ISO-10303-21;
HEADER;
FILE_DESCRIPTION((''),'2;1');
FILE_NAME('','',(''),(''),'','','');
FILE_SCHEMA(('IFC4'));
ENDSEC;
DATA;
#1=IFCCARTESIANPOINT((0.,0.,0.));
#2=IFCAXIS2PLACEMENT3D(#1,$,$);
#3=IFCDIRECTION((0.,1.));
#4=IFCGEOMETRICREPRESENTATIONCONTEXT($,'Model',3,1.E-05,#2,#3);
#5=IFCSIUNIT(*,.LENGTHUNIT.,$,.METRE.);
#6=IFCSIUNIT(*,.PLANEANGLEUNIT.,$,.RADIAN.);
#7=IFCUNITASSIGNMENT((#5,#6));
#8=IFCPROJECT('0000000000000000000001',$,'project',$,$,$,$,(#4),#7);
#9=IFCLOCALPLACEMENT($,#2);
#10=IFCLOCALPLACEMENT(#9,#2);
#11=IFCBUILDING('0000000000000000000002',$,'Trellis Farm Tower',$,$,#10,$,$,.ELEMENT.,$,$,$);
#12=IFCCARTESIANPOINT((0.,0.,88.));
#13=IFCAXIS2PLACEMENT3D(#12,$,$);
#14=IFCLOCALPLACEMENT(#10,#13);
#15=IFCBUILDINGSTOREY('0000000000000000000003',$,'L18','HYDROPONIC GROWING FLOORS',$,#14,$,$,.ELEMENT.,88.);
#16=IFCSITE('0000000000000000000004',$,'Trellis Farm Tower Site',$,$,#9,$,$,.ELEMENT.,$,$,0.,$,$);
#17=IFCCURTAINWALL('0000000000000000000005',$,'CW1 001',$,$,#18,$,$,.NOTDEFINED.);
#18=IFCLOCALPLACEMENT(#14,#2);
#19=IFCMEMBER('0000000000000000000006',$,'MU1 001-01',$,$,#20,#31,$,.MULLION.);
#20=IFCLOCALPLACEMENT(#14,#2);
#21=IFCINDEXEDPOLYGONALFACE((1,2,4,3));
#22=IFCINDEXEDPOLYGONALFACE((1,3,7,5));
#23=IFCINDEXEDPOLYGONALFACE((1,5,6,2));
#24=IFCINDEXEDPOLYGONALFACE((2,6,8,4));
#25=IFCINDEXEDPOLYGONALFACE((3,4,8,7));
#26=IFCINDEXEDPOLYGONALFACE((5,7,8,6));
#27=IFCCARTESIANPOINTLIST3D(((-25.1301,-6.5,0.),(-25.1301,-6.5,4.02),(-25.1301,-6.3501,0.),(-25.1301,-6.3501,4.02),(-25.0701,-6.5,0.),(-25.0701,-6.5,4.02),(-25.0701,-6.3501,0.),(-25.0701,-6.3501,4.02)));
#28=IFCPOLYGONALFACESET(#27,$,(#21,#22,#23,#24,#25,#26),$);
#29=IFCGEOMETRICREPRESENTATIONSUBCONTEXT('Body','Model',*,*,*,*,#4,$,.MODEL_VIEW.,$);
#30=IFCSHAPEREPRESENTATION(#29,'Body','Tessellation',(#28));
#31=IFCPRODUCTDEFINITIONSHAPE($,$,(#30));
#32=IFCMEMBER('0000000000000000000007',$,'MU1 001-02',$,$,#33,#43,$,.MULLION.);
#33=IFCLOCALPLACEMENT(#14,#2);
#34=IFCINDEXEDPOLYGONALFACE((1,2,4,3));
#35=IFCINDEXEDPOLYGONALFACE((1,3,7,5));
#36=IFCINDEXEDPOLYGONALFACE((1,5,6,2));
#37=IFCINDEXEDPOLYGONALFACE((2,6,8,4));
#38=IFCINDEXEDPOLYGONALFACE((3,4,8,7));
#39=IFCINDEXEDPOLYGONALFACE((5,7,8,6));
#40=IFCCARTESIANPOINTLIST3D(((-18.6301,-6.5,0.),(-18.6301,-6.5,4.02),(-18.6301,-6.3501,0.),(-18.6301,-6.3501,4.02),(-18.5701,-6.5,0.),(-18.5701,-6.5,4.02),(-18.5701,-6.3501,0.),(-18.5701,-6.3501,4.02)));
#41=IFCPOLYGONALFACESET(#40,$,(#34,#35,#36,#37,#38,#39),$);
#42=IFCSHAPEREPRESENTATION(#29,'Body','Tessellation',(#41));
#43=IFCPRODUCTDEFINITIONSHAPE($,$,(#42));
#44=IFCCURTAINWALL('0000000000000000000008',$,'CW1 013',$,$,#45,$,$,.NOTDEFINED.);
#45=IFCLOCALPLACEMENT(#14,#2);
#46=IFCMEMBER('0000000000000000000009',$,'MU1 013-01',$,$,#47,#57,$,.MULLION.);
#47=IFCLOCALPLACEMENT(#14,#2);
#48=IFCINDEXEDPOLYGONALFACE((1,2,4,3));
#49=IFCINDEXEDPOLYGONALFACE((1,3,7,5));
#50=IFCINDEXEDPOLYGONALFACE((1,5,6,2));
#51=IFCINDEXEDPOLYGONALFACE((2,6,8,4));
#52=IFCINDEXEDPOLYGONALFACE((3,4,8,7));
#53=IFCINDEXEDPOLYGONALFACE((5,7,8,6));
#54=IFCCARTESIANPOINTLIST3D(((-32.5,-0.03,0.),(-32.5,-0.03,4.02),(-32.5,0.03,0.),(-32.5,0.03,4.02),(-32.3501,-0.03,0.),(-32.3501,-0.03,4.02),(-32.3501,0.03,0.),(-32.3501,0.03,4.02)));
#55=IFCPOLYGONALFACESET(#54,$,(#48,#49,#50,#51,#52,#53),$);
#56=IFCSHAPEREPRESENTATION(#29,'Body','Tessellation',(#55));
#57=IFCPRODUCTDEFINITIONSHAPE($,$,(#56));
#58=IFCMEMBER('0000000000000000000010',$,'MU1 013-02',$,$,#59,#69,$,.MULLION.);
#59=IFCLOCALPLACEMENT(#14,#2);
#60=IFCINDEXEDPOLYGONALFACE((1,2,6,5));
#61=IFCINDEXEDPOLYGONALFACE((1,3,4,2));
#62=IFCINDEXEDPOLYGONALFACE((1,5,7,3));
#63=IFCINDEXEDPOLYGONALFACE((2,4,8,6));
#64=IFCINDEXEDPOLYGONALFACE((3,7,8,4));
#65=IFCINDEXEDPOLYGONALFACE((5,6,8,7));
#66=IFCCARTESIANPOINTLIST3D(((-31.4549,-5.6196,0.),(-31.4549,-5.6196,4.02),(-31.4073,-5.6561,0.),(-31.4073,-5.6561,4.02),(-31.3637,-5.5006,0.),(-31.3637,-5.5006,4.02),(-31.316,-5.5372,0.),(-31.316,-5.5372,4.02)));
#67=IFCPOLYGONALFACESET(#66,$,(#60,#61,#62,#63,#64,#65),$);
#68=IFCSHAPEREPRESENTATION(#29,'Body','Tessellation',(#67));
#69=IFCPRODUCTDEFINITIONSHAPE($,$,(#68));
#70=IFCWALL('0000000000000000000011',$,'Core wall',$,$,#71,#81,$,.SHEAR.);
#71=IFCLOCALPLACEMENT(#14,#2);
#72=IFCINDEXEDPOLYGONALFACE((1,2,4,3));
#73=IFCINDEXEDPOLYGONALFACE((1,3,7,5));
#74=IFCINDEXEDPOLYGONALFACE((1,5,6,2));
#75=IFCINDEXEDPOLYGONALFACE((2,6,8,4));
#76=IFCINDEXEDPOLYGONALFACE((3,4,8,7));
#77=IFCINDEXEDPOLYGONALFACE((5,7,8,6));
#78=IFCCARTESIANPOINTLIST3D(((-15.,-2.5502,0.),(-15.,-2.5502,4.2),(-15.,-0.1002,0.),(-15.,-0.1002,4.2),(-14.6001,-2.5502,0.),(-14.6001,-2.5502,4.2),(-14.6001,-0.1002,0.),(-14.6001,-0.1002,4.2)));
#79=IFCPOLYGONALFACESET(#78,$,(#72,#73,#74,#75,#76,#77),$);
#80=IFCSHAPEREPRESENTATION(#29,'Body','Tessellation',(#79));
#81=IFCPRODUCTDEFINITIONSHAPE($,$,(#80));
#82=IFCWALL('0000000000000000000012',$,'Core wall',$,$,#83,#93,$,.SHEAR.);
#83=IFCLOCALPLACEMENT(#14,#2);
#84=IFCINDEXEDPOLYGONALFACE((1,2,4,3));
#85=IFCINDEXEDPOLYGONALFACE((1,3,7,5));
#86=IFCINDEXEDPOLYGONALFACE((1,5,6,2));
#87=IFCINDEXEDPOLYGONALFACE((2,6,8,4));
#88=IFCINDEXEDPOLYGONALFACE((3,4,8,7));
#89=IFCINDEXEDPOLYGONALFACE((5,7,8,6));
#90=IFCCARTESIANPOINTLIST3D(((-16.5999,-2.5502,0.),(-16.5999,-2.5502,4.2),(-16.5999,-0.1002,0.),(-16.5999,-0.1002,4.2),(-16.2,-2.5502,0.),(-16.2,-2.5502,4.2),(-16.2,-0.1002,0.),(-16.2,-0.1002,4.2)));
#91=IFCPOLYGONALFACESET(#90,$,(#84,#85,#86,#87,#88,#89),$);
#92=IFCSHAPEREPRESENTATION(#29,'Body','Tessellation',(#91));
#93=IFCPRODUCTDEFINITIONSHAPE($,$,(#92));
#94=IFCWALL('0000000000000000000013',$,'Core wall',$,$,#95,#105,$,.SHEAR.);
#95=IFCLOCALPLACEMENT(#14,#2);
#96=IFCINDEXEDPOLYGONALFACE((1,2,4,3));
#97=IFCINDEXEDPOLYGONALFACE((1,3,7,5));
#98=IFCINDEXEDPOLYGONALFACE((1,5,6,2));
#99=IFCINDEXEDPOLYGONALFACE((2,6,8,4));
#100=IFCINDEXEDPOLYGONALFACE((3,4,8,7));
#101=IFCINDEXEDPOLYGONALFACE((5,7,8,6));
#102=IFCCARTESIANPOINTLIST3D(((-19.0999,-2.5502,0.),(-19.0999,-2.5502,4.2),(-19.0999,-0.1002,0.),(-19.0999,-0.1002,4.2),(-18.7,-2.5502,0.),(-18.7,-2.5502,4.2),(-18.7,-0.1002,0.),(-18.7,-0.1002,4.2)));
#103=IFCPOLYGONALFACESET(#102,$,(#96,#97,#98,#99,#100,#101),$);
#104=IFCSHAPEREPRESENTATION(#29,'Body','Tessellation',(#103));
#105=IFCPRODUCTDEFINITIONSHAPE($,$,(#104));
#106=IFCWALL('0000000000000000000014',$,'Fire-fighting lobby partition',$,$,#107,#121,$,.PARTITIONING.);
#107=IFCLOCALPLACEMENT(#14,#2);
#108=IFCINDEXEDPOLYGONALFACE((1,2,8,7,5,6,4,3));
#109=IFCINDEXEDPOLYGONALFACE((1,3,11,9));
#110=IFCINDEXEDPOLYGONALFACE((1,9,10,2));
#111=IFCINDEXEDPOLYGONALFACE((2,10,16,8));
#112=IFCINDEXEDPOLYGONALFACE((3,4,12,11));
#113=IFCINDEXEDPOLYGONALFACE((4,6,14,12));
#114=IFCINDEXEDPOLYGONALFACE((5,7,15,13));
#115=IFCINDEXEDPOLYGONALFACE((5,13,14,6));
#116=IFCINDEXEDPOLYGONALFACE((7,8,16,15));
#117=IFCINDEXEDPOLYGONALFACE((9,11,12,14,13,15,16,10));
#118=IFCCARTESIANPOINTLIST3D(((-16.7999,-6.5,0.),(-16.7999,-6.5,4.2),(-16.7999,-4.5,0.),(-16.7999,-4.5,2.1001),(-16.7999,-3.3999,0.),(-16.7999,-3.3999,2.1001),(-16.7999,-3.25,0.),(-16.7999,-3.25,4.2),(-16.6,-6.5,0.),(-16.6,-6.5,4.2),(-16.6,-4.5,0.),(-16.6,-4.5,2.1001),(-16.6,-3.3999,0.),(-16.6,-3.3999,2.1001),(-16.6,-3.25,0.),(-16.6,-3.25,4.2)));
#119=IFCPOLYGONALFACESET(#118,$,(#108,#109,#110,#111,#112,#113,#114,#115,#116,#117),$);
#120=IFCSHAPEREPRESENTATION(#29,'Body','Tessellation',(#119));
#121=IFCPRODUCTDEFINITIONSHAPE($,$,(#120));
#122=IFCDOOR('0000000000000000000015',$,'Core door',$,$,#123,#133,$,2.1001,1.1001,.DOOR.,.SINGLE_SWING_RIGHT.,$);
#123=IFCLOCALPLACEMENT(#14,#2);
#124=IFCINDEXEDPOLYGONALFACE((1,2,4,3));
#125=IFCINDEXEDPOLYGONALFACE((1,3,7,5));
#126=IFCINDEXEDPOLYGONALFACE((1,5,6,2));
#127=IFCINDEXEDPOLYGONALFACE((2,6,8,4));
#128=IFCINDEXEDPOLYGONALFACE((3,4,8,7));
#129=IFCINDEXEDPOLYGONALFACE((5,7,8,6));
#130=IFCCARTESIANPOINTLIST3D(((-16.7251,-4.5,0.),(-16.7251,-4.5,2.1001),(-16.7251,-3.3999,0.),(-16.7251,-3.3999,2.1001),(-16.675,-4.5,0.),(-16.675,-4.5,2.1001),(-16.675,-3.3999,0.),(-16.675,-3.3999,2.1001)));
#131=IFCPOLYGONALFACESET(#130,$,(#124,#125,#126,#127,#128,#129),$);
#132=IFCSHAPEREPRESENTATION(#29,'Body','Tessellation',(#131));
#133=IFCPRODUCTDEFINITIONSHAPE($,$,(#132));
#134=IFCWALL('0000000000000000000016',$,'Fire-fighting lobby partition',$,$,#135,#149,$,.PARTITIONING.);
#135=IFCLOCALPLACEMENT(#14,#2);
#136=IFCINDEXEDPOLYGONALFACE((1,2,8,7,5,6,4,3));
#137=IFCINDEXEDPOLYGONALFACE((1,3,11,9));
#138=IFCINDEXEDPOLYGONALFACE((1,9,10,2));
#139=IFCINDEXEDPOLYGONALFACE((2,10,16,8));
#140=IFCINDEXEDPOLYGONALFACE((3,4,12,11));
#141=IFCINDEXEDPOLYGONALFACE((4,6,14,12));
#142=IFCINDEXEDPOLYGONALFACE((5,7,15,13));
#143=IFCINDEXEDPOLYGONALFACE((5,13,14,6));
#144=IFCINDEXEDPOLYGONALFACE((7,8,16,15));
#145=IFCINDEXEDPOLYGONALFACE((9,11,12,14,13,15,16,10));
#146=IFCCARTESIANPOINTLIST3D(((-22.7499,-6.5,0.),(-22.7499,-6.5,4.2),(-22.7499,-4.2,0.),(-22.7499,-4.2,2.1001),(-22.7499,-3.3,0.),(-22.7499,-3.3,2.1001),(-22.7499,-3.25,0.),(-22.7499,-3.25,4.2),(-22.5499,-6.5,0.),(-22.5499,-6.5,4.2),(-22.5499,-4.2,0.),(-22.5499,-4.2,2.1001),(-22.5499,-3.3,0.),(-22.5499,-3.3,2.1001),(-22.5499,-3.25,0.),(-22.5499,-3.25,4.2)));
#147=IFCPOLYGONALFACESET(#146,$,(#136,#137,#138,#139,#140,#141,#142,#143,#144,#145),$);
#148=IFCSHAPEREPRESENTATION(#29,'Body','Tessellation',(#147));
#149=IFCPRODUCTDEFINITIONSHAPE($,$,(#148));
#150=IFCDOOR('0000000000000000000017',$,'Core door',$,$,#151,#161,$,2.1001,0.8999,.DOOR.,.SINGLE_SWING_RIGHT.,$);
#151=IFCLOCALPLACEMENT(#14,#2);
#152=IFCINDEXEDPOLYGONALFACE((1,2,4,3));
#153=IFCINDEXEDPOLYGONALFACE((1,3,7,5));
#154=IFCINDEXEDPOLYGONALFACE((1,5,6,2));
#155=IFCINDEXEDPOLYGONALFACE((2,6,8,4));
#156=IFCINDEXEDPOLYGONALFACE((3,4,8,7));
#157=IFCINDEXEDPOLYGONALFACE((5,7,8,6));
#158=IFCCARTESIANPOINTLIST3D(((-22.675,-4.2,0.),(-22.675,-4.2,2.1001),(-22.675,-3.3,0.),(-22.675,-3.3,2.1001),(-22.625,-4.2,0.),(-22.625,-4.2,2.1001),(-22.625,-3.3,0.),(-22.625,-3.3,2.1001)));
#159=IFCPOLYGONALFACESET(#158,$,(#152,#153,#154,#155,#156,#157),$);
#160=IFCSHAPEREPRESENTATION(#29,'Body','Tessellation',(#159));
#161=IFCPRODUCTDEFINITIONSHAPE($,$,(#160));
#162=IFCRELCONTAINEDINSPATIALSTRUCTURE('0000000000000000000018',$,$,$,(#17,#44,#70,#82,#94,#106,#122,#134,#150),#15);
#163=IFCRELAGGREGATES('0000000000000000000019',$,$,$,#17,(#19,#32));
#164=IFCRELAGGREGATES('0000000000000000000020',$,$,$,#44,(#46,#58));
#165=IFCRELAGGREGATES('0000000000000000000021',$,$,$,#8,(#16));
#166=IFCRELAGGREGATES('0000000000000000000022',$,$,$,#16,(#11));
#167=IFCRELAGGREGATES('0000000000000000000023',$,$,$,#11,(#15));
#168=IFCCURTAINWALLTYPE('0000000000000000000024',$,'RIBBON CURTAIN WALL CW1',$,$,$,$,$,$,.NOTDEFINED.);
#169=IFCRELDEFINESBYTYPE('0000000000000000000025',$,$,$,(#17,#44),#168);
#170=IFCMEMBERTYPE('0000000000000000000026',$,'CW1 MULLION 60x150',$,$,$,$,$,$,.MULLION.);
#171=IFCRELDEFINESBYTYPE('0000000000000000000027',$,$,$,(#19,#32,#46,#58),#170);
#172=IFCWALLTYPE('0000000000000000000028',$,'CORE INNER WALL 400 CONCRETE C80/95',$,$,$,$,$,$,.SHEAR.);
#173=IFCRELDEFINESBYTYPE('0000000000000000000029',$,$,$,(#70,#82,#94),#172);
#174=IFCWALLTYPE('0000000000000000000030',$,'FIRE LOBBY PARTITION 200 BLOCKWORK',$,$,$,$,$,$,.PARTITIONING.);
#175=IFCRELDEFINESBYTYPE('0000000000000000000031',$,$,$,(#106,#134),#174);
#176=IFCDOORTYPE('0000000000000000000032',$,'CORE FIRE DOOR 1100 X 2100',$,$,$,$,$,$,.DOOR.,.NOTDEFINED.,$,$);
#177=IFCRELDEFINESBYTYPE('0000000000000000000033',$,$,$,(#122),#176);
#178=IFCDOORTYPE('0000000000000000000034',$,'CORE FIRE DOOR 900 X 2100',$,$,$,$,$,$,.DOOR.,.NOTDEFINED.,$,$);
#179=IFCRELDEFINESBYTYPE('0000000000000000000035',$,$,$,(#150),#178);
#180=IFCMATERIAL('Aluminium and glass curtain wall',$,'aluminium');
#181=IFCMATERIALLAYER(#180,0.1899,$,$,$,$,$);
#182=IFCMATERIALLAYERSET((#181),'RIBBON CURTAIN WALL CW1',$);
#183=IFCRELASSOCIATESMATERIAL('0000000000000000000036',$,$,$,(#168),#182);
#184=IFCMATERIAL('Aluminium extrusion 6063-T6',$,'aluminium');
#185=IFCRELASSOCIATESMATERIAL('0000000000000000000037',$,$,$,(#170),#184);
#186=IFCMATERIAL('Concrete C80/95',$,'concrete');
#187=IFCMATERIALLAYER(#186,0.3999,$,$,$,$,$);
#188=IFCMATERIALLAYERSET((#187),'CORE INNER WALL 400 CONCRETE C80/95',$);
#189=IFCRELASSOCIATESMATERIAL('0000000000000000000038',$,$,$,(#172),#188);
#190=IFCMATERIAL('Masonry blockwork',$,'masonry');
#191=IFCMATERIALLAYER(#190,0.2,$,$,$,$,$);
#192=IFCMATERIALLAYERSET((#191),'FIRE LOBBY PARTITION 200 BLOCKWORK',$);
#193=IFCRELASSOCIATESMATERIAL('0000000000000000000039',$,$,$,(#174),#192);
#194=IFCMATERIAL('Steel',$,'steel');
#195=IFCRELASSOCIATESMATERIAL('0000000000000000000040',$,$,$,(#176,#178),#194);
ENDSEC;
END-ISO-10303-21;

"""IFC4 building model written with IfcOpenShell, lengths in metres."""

from ifc_helpers import new_model, si_unit, direction, frame, frame_2d, origin, origin_2d, place, context, subcontext, project, spatial, rectangle, extrude, source, transform, mapped, material, layer, layer_set, material_profile, profile_set, type_object, element, fill, aggregate, save


model = new_model("IFC4")

# Units and contexts
model_context = context("Model", 3, precision=1e-05, world=origin(), true_north=direction((0.0, 1.0)))
body_context = subcontext(model_context, "Body", "Model", "MODEL_VIEW")
ifc_project = project(units=[si_unit("LENGTHUNIT", "METRE"), si_unit("PLANEANGLEUNIT", "RADIAN")], contexts=[model_context])

# Site, building, storey
site_placement = place(None, origin())
site = spatial("IfcSite", under=ifc_project, at=site_placement, Name="Trellis Farm Tower Site", CompositionType="ELEMENT", RefElevation=0.0)
building_placement = place(site_placement, origin())
building = spatial("IfcBuilding", under=site, at=building_placement, Name="Trellis Farm Tower", CompositionType="ELEMENT")
storey_placement = place(building_placement, frame((0.0, 0.0, 88.0)))
storey = spatial("IfcBuildingStorey", under=building, at=storey_placement, Name="L18", Description="HYDROPONIC GROWING FLOORS", CompositionType="ELEMENT", Elevation=88.0)

# Shared definitions
ifc_material_1 = material(Name="Concrete C80/95", Category="concrete")

# Curtain walls, members
ifc_material_2 = material(Name="Aluminium and glass curtain wall", Category="aluminium")
ifc_layer_1 = layer(ifc_material_2, 0.1899)
ifc_layer_set_1 = layer_set([ifc_layer_1], Name="RIBBON CURTAIN WALL CW1")
curtain_wall_type = type_object("IfcCurtainWallType", Name="RIBBON CURTAIN WALL CW1", PredefinedType="NOTDEFINED", material=ifc_layer_set_1)
placement = place(storey_placement, origin())
curtain_wall_1 = element("IfcCurtainWall", 1, at=placement, inside=storey, type_object=curtain_wall_type, Name="CW1 001", PredefinedType="NOTDEFINED")
ifc_material_3 = material(Name="Aluminium extrusion 6063-T6", Category="aluminium")
ifc_material_profile_1 = material_profile(ifc_material_3, rectangle(XDim=0.0601, YDim=0.1499, at=origin_2d()), Name="MULLION 60x150")
ifc_profile_set_1 = profile_set([ifc_material_profile_1], Name="Aluminium extrusion 6063-T6")
member_type = type_object("IfcMemberType", Name="CW1 MULLION 60x150", PredefinedType="MULLION", material=ifc_profile_set_1)
shared_shape_1 = source(origin(), body_context, "Body", "SweptSolid", [
    extrude(rectangle(XDim=0.0601, YDim=0.1499, at=origin_2d()), origin(), (0.0, 0.0, 1.0), 4.02),
])
member_1_placement = place(storey_placement, frame((-25.1001, -6.425, 0.0), z_axis=(0.0, 0.0, 1.0), x_axis=(1.0, 0.0, 0.0)))
member_1 = element("IfcMember", 2, at=member_1_placement, type_object=member_type, Name="MU1 001-01", PredefinedType="MULLION", context=body_context, shape_type="MappedRepresentation", body=[
    mapped(shared_shape_1, transform((0.0, 0.0, 0.0))),
])
member_2_placement = place(storey_placement, frame((-18.6001, -6.425, 0.0), z_axis=(0.0, 0.0, 1.0), x_axis=(1.0, 0.0, 0.0)))
member_2 = element("IfcMember", 3, at=member_2_placement, type_object=member_type, Name="MU1 001-02", PredefinedType="MULLION", context=body_context, shape_type="MappedRepresentation", body=[
    mapped(shared_shape_1, transform((0.0, 0.0, 0.0))),
])
aggregate(curtain_wall_1, [member_1, member_2])
curtain_wall_2 = element("IfcCurtainWall", 4, at=placement, inside=storey, type_object=curtain_wall_type, Name="CW1 013", PredefinedType="NOTDEFINED")
member_3_placement = place(storey_placement, frame((-32.425, 0.0, 0.0), z_axis=(0.0, 0.0, 1.0), x_axis=(0.0, -1.0, 0.0)))
member_3 = element("IfcMember", 5, at=member_3_placement, type_object=member_type, Name="MU1 013-01", PredefinedType="MULLION", context=body_context, shape_type="MappedRepresentation", body=[
    mapped(shared_shape_1, transform((0.0, 0.0, 0.0))),
])
member_4_placement = place(storey_placement, frame((-31.3855, -5.5784, 0.0), z_axis=(0.0, 0.0, 1.0), x_axis=(0.793353, -0.608761, 0.0)))
member_4 = element("IfcMember", 6, at=member_4_placement, type_object=member_type, Name="MU1 013-02", PredefinedType="MULLION", context=body_context, shape_type="MappedRepresentation", body=[
    mapped(shared_shape_1, transform((0.0, 0.0, 0.0))),
])
aggregate(curtain_wall_2, [member_3, member_4])

# Walls
ifc_layer_2 = layer(ifc_material_1, 0.3999)
ifc_layer_set_2 = layer_set([ifc_layer_2], Name="CORE INNER WALL 400 CONCRETE C80/95")
wall_type_1 = type_object("IfcWallType", Name="CORE INNER WALL 400 CONCRETE C80/95", PredefinedType="SHEAR", material=ifc_layer_set_2)
shared_shape_2 = source(origin(), body_context, "Body", "SweptSolid", [
    extrude(rectangle(XDim=2.45, YDim=0.3999, at=frame_2d((1.2251, 0.0))), origin(), (0.0, 0.0, 1.0), 4.2),
])
for number, where, z_axis, x_axis, name in (
    (7, (-14.8, -0.1001, 0.0), (0.0, 0.0, 1.0), (0.0, -1.0, 0.0), "Core wall"),
    (8, (-16.3999, -0.1001, 0.0), (0.0, 0.0, 1.0), (0.0, -1.0, 0.0), "Core wall"),
    (9, (-18.8999, -0.1001, 0.0), (0.0, 0.0, 1.0), (0.0, -1.0, 0.0), "Core wall"),
):
    element("IfcWall", number, at=place(storey_placement, frame(where, z_axis=z_axis, x_axis=x_axis)), inside=storey, type_object=wall_type_1, Name=name, PredefinedType="SHEAR", context=body_context, shape_type="MappedRepresentation", body=[
        mapped(shared_shape_2, transform((0.0, 0.0, 0.0))),
    ])

# Walls, openings, doors
ifc_material_4 = material(Name="Masonry blockwork", Category="masonry")
ifc_layer_3 = layer(ifc_material_4, 0.2)
ifc_layer_set_3 = layer_set([ifc_layer_3], Name="FIRE LOBBY PARTITION 200 BLOCKWORK")
wall_type_2 = type_object("IfcWallType", Name="FIRE LOBBY PARTITION 200 BLOCKWORK", PredefinedType="PARTITIONING", material=ifc_layer_set_3)
shared_shape_3 = source(origin(), body_context, "Body", "SweptSolid", [
    extrude(rectangle(XDim=3.25, YDim=0.2, at=frame_2d((1.625, 0.0))), origin(), (0.0, 0.0, 1.0), 4.2),
])
wall_1_placement = place(storey_placement, frame((-16.7, -3.25, 0.0), z_axis=(0.0, 0.0, 1.0), x_axis=(0.0, -1.0, 0.0)))
wall_1 = element("IfcWall", 10, at=wall_1_placement, inside=storey, type_object=wall_type_2, Name="Fire-fighting lobby partition", PredefinedType="PARTITIONING", context=body_context, shape_type="MappedRepresentation", body=[
    mapped(shared_shape_3, transform((0.0, 0.0, 0.0))),
])
shared_shape_4 = source(origin(), body_context, "Body", "SweptSolid", [
    extrude(rectangle(XDim=1.1001, YDim=2.1001, at=frame_2d((0.55, 1.05))), frame((0.0, 0.1101, 0.0), z_axis=(0.0, -1.0, 0.0), x_axis=(1.0, 0.0, 0.0)), (0.0, 0.0, 1.0), 0.2202),
])
opening_1_placement = place(wall_1_placement, frame((0.1499, 0.0, 0.0)))
opening_1 = element("IfcOpeningElement", 11, at=opening_1_placement, cuts=wall_1, PredefinedType="OPENING", context=body_context, shape_type="MappedRepresentation", body=[
    mapped(shared_shape_4, transform((0.0, 0.0, 0.0))),
])
ifc_material_5 = material(Name="Steel", Category="steel")
door_type_1 = type_object("IfcDoorType", Name="CORE FIRE DOOR 1100 X 2100", OperationType="NOTDEFINED", PredefinedType="DOOR", material=ifc_material_5)
shared_shape_5 = source(origin(), body_context, "Body", "SweptSolid", [
    extrude(rectangle(XDim=1.1001, YDim=2.1001, at=frame_2d((0.55, 1.05))), frame((0.0, 0.0249, 0.0), z_axis=(0.0, -1.0, 0.0), x_axis=(1.0, 0.0, 0.0)), (0.0, 0.0, 1.0), 0.05),
])
door_1_placement = place(opening_1_placement, origin())
door_1 = element("IfcDoor", 12, at=door_1_placement, inside=storey, type_object=door_type_1, Name="Core door", OperationType="SINGLE_SWING_RIGHT", OverallHeight=2.1001, OverallWidth=1.1001, PredefinedType="DOOR", context=body_context, shape_type="MappedRepresentation", body=[
    mapped(shared_shape_5, transform((0.0, 0.0, 0.0))),
])
fill(opening_1, door_1)
wall_2_placement = place(storey_placement, frame((-22.6499, -3.25, 0.0), z_axis=(0.0, 0.0, 1.0), x_axis=(0.0, -1.0, 0.0)))
wall_2 = element("IfcWall", 13, at=wall_2_placement, inside=storey, type_object=wall_type_2, Name="Fire-fighting lobby partition", PredefinedType="PARTITIONING", context=body_context, shape_type="MappedRepresentation", body=[
    mapped(shared_shape_3, transform((0.0, 0.0, 0.0))),
])
shared_shape_6 = source(origin(), body_context, "Body", "SweptSolid", [
    extrude(rectangle(XDim=0.8999, YDim=2.1001, at=frame_2d((0.45, 1.05))), frame((0.0, 0.1101, 0.0), z_axis=(0.0, -1.0, 0.0), x_axis=(1.0, 0.0, 0.0)), (0.0, 0.0, 1.0), 0.2202),
])
opening_2_placement = place(wall_2_placement, frame((0.05, 0.0, 0.0)))
opening_2 = element("IfcOpeningElement", 14, at=opening_2_placement, cuts=wall_2, PredefinedType="OPENING", context=body_context, shape_type="MappedRepresentation", body=[
    mapped(shared_shape_6, transform((0.0, 0.0, 0.0))),
])
door_type_2 = type_object("IfcDoorType", Name="CORE FIRE DOOR 900 X 2100", OperationType="NOTDEFINED", PredefinedType="DOOR", material=ifc_material_5)
shared_shape_7 = source(origin(), body_context, "Body", "SweptSolid", [
    extrude(rectangle(XDim=0.8999, YDim=2.1001, at=frame_2d((0.45, 1.05))), frame((0.0, 0.0249, 0.0), z_axis=(0.0, -1.0, 0.0), x_axis=(1.0, 0.0, 0.0)), (0.0, 0.0, 1.0), 0.05),
])
door_2_placement = place(opening_2_placement, origin())
door_2 = element("IfcDoor", 15, at=door_2_placement, inside=storey, type_object=door_type_2, Name="Core door", OperationType="SINGLE_SWING_RIGHT", OverallHeight=2.1001, OverallWidth=0.8999, PredefinedType="DOOR", context=body_context, shape_type="MappedRepresentation", body=[
    mapped(shared_shape_7, transform((0.0, 0.0, 0.0))),
])
fill(opening_2, door_2)

save(model, "model.ifc")
